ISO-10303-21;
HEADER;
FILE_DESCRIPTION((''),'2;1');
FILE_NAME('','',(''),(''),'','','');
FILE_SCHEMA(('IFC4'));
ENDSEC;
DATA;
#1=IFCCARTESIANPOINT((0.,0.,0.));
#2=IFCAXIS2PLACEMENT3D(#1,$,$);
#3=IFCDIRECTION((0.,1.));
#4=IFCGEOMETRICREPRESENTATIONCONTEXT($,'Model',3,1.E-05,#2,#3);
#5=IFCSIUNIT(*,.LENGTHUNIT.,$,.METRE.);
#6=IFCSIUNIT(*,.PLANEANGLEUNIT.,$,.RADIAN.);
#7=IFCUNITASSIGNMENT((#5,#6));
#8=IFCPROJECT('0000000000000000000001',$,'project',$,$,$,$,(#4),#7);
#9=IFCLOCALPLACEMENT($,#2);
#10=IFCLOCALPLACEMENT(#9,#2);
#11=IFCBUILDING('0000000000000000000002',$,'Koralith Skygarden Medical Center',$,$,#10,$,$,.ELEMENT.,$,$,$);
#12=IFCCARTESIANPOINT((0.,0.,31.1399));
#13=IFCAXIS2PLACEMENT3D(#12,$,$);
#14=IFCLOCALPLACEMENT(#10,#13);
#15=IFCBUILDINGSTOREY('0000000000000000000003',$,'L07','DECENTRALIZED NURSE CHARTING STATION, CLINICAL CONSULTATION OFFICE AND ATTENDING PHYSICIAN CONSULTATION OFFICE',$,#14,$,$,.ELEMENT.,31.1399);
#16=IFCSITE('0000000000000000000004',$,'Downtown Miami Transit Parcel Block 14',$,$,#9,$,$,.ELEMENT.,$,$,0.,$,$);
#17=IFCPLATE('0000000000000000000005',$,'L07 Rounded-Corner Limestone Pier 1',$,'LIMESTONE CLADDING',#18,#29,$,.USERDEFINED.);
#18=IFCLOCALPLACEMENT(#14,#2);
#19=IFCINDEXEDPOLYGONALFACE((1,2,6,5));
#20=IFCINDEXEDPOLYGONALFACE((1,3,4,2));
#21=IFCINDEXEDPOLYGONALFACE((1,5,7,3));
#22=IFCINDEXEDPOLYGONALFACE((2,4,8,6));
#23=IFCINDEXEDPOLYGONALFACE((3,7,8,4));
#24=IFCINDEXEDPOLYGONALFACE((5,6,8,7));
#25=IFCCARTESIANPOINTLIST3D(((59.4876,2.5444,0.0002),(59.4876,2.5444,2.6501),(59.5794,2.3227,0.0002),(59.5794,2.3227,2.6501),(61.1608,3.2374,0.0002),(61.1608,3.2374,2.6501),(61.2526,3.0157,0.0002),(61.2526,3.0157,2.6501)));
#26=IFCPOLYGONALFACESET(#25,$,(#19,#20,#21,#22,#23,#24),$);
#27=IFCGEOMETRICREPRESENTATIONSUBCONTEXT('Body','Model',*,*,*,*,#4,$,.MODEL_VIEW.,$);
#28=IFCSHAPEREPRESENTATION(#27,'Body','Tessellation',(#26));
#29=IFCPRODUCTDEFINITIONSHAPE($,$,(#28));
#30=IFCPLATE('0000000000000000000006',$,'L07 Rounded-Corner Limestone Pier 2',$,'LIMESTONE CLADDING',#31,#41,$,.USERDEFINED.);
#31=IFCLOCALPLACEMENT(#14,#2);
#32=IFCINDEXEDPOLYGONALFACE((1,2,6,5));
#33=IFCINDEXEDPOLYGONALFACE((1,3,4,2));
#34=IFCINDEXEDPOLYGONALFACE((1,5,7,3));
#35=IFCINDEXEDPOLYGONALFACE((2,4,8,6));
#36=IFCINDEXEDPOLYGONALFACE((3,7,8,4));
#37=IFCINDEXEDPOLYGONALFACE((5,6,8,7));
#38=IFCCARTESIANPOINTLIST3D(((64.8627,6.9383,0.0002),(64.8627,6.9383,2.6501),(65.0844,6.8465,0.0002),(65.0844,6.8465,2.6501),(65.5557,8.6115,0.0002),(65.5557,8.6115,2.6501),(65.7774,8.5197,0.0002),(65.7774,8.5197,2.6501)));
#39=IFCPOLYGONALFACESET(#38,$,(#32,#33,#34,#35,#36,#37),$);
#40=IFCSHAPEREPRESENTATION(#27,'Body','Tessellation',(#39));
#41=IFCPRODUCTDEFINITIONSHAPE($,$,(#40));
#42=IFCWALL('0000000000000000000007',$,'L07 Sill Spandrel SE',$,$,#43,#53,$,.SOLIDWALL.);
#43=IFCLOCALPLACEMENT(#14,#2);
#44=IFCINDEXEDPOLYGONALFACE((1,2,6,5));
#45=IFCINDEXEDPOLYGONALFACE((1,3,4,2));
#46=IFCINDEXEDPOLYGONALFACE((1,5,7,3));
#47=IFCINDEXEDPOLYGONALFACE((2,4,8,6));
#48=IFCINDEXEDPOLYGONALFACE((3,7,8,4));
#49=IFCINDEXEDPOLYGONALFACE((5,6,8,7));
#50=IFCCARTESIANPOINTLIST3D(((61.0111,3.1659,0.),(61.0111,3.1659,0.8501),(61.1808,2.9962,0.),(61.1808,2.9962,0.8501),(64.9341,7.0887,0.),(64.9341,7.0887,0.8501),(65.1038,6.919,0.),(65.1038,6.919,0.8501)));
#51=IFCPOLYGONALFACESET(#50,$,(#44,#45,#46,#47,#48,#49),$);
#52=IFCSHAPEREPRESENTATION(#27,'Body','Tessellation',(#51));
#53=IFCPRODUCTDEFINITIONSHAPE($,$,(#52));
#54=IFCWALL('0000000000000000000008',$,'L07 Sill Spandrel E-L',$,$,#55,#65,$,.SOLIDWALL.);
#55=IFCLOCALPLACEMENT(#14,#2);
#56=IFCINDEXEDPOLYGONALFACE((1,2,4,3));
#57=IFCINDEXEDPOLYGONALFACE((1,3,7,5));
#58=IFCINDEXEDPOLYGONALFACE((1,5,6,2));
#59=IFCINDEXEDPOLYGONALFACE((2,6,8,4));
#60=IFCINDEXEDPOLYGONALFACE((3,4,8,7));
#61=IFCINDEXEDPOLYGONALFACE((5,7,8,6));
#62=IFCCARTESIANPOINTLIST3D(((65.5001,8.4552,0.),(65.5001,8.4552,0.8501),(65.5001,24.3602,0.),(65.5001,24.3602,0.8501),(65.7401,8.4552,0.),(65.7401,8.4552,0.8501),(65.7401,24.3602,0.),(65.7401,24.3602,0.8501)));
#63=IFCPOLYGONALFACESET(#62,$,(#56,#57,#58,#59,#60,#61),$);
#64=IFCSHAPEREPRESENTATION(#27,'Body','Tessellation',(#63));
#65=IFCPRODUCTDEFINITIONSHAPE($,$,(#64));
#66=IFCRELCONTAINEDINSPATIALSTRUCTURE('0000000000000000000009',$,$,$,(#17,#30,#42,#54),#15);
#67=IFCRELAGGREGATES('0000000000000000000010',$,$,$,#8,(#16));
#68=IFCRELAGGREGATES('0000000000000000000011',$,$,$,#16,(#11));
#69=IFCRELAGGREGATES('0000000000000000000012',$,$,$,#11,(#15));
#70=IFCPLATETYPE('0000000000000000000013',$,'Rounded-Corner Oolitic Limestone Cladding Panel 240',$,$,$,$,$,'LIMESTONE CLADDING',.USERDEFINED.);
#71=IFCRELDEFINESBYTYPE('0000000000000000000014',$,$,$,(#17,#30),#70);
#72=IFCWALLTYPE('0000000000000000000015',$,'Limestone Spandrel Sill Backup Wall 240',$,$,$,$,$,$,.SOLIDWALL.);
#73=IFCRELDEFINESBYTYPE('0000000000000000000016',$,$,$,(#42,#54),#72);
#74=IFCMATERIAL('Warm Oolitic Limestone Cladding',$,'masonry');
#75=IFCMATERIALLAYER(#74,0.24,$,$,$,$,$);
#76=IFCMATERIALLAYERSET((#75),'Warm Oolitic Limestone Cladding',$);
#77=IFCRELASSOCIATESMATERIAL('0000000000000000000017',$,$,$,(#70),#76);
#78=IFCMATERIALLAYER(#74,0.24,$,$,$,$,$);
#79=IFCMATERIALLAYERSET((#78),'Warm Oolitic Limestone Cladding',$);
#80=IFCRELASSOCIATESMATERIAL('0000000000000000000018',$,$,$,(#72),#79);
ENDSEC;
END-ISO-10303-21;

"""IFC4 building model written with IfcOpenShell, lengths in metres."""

from ifc_helpers import new_model, si_unit, direction, frame, frame_2d, origin, origin_2d, place, context, subcontext, project, spatial, rectangle, extrude, material, layer, layer_set, type_object, element, save


model = new_model("IFC4")

# Units and contexts
model_context = context("Model", 3, precision=1e-05, world=origin(), true_north=direction((0.0, 1.0)))
body_context = subcontext(model_context, "Body", "Model", "MODEL_VIEW")
ifc_project = project(units=[si_unit("LENGTHUNIT", "METRE"), si_unit("PLANEANGLEUNIT", "RADIAN")], contexts=[model_context])

# Site, building, storey
site_placement = place(None, origin())
site = spatial("IfcSite", under=ifc_project, at=site_placement, Name="Downtown Miami Transit Parcel Block 14", CompositionType="ELEMENT", RefElevation=0.0)
building_placement = place(site_placement, origin())
building = spatial("IfcBuilding", under=site, at=building_placement, Name="Koralith Skygarden Medical Center", CompositionType="ELEMENT")
storey_placement = place(building_placement, frame((0.0, 0.0, 31.1399)))
storey = spatial("IfcBuildingStorey", under=building, at=storey_placement, Name="L07", Description="DECENTRALIZED NURSE CHARTING STATION, CLINICAL CONSULTATION OFFICE AND ATTENDING PHYSICIAN CONSULTATION OFFICE", CompositionType="ELEMENT", Elevation=31.1399)

# Plates
ifc_material_1 = material(Name="Warm Oolitic Limestone Cladding", Category="masonry")
ifc_layer_1 = layer(ifc_material_1, 0.24)
ifc_layer_set_1 = layer_set([ifc_layer_1], Name="Warm Oolitic Limestone Cladding")
plate_type_1 = type_object("IfcPlateType", Name="Rounded-Corner Oolitic Limestone Cladding Panel 240", ElementType="LIMESTONE CLADDING", PredefinedType="USERDEFINED", material=ifc_layer_set_1)
for number, where, z_axis, x_axis, name in (
    (1, (60.3701, 2.78, 0.0002), (0.0, 0.0, 1.0), (0.923885, 0.382671, 0.0), "L07 Rounded-Corner Limestone Pier 1"),
    (2, (65.3201, 7.729, 0.0002), (0.0, 0.0, 1.0), (0.382671, 0.923885, 0.0), "L07 Rounded-Corner Limestone Pier 2"),
):
    element("IfcPlate", number, at=place(storey_placement, frame(where, z_axis=z_axis, x_axis=x_axis)), inside=storey, type_object=plate_type_1, Name=name, ObjectType="LIMESTONE CLADDING", PredefinedType="USERDEFINED", context=body_context, shape_type="SweptSolid", body=[
        extrude(rectangle(XDim=1.811, YDim=0.24, at=origin_2d()), origin(), (0.0, 0.0, 1.0), 2.6499),
    ])

# Walls
ifc_layer_2 = layer(ifc_material_1, 0.24)
ifc_layer_set_2 = layer_set([ifc_layer_2], Name="Warm Oolitic Limestone Cladding")
wall_type = type_object("IfcWallType", Name="Limestone Spandrel Sill Backup Wall 240", PredefinedType="SOLIDWALL", material=ifc_layer_set_2)
wall_1_placement = place(storey_placement, frame((61.0959, 3.0811, 0.0), z_axis=(0.0, 0.0, 1.0), x_axis=(0.707129, 0.707085, 0.0)))
element("IfcWall", 3, at=wall_1_placement, inside=storey, type_object=wall_type, Name="L07 Sill Spandrel SE", PredefinedType="SOLIDWALL", context=body_context, shape_type="SweptSolid", body=[
    extrude(rectangle(XDim=5.5479, YDim=0.24, at=frame_2d((2.7739, 0.0))), origin(), (0.0, 0.0, 1.0), 0.8501),
])
wall_2_placement = place(storey_placement, frame((65.6201, 8.4551, 0.0), z_axis=(0.0, 0.0, 1.0), x_axis=(0.0, 1.0, 0.0)))
element("IfcWall", 4, at=wall_2_placement, inside=storey, type_object=wall_type, Name="L07 Sill Spandrel E-L", PredefinedType="SOLIDWALL", context=body_context, shape_type="SweptSolid", body=[
    extrude(rectangle(XDim=15.905, YDim=0.24, at=frame_2d((7.9526, 0.0))), origin(), (0.0, 0.0, 1.0), 0.8501),
])

save(model, "model.ifc")
